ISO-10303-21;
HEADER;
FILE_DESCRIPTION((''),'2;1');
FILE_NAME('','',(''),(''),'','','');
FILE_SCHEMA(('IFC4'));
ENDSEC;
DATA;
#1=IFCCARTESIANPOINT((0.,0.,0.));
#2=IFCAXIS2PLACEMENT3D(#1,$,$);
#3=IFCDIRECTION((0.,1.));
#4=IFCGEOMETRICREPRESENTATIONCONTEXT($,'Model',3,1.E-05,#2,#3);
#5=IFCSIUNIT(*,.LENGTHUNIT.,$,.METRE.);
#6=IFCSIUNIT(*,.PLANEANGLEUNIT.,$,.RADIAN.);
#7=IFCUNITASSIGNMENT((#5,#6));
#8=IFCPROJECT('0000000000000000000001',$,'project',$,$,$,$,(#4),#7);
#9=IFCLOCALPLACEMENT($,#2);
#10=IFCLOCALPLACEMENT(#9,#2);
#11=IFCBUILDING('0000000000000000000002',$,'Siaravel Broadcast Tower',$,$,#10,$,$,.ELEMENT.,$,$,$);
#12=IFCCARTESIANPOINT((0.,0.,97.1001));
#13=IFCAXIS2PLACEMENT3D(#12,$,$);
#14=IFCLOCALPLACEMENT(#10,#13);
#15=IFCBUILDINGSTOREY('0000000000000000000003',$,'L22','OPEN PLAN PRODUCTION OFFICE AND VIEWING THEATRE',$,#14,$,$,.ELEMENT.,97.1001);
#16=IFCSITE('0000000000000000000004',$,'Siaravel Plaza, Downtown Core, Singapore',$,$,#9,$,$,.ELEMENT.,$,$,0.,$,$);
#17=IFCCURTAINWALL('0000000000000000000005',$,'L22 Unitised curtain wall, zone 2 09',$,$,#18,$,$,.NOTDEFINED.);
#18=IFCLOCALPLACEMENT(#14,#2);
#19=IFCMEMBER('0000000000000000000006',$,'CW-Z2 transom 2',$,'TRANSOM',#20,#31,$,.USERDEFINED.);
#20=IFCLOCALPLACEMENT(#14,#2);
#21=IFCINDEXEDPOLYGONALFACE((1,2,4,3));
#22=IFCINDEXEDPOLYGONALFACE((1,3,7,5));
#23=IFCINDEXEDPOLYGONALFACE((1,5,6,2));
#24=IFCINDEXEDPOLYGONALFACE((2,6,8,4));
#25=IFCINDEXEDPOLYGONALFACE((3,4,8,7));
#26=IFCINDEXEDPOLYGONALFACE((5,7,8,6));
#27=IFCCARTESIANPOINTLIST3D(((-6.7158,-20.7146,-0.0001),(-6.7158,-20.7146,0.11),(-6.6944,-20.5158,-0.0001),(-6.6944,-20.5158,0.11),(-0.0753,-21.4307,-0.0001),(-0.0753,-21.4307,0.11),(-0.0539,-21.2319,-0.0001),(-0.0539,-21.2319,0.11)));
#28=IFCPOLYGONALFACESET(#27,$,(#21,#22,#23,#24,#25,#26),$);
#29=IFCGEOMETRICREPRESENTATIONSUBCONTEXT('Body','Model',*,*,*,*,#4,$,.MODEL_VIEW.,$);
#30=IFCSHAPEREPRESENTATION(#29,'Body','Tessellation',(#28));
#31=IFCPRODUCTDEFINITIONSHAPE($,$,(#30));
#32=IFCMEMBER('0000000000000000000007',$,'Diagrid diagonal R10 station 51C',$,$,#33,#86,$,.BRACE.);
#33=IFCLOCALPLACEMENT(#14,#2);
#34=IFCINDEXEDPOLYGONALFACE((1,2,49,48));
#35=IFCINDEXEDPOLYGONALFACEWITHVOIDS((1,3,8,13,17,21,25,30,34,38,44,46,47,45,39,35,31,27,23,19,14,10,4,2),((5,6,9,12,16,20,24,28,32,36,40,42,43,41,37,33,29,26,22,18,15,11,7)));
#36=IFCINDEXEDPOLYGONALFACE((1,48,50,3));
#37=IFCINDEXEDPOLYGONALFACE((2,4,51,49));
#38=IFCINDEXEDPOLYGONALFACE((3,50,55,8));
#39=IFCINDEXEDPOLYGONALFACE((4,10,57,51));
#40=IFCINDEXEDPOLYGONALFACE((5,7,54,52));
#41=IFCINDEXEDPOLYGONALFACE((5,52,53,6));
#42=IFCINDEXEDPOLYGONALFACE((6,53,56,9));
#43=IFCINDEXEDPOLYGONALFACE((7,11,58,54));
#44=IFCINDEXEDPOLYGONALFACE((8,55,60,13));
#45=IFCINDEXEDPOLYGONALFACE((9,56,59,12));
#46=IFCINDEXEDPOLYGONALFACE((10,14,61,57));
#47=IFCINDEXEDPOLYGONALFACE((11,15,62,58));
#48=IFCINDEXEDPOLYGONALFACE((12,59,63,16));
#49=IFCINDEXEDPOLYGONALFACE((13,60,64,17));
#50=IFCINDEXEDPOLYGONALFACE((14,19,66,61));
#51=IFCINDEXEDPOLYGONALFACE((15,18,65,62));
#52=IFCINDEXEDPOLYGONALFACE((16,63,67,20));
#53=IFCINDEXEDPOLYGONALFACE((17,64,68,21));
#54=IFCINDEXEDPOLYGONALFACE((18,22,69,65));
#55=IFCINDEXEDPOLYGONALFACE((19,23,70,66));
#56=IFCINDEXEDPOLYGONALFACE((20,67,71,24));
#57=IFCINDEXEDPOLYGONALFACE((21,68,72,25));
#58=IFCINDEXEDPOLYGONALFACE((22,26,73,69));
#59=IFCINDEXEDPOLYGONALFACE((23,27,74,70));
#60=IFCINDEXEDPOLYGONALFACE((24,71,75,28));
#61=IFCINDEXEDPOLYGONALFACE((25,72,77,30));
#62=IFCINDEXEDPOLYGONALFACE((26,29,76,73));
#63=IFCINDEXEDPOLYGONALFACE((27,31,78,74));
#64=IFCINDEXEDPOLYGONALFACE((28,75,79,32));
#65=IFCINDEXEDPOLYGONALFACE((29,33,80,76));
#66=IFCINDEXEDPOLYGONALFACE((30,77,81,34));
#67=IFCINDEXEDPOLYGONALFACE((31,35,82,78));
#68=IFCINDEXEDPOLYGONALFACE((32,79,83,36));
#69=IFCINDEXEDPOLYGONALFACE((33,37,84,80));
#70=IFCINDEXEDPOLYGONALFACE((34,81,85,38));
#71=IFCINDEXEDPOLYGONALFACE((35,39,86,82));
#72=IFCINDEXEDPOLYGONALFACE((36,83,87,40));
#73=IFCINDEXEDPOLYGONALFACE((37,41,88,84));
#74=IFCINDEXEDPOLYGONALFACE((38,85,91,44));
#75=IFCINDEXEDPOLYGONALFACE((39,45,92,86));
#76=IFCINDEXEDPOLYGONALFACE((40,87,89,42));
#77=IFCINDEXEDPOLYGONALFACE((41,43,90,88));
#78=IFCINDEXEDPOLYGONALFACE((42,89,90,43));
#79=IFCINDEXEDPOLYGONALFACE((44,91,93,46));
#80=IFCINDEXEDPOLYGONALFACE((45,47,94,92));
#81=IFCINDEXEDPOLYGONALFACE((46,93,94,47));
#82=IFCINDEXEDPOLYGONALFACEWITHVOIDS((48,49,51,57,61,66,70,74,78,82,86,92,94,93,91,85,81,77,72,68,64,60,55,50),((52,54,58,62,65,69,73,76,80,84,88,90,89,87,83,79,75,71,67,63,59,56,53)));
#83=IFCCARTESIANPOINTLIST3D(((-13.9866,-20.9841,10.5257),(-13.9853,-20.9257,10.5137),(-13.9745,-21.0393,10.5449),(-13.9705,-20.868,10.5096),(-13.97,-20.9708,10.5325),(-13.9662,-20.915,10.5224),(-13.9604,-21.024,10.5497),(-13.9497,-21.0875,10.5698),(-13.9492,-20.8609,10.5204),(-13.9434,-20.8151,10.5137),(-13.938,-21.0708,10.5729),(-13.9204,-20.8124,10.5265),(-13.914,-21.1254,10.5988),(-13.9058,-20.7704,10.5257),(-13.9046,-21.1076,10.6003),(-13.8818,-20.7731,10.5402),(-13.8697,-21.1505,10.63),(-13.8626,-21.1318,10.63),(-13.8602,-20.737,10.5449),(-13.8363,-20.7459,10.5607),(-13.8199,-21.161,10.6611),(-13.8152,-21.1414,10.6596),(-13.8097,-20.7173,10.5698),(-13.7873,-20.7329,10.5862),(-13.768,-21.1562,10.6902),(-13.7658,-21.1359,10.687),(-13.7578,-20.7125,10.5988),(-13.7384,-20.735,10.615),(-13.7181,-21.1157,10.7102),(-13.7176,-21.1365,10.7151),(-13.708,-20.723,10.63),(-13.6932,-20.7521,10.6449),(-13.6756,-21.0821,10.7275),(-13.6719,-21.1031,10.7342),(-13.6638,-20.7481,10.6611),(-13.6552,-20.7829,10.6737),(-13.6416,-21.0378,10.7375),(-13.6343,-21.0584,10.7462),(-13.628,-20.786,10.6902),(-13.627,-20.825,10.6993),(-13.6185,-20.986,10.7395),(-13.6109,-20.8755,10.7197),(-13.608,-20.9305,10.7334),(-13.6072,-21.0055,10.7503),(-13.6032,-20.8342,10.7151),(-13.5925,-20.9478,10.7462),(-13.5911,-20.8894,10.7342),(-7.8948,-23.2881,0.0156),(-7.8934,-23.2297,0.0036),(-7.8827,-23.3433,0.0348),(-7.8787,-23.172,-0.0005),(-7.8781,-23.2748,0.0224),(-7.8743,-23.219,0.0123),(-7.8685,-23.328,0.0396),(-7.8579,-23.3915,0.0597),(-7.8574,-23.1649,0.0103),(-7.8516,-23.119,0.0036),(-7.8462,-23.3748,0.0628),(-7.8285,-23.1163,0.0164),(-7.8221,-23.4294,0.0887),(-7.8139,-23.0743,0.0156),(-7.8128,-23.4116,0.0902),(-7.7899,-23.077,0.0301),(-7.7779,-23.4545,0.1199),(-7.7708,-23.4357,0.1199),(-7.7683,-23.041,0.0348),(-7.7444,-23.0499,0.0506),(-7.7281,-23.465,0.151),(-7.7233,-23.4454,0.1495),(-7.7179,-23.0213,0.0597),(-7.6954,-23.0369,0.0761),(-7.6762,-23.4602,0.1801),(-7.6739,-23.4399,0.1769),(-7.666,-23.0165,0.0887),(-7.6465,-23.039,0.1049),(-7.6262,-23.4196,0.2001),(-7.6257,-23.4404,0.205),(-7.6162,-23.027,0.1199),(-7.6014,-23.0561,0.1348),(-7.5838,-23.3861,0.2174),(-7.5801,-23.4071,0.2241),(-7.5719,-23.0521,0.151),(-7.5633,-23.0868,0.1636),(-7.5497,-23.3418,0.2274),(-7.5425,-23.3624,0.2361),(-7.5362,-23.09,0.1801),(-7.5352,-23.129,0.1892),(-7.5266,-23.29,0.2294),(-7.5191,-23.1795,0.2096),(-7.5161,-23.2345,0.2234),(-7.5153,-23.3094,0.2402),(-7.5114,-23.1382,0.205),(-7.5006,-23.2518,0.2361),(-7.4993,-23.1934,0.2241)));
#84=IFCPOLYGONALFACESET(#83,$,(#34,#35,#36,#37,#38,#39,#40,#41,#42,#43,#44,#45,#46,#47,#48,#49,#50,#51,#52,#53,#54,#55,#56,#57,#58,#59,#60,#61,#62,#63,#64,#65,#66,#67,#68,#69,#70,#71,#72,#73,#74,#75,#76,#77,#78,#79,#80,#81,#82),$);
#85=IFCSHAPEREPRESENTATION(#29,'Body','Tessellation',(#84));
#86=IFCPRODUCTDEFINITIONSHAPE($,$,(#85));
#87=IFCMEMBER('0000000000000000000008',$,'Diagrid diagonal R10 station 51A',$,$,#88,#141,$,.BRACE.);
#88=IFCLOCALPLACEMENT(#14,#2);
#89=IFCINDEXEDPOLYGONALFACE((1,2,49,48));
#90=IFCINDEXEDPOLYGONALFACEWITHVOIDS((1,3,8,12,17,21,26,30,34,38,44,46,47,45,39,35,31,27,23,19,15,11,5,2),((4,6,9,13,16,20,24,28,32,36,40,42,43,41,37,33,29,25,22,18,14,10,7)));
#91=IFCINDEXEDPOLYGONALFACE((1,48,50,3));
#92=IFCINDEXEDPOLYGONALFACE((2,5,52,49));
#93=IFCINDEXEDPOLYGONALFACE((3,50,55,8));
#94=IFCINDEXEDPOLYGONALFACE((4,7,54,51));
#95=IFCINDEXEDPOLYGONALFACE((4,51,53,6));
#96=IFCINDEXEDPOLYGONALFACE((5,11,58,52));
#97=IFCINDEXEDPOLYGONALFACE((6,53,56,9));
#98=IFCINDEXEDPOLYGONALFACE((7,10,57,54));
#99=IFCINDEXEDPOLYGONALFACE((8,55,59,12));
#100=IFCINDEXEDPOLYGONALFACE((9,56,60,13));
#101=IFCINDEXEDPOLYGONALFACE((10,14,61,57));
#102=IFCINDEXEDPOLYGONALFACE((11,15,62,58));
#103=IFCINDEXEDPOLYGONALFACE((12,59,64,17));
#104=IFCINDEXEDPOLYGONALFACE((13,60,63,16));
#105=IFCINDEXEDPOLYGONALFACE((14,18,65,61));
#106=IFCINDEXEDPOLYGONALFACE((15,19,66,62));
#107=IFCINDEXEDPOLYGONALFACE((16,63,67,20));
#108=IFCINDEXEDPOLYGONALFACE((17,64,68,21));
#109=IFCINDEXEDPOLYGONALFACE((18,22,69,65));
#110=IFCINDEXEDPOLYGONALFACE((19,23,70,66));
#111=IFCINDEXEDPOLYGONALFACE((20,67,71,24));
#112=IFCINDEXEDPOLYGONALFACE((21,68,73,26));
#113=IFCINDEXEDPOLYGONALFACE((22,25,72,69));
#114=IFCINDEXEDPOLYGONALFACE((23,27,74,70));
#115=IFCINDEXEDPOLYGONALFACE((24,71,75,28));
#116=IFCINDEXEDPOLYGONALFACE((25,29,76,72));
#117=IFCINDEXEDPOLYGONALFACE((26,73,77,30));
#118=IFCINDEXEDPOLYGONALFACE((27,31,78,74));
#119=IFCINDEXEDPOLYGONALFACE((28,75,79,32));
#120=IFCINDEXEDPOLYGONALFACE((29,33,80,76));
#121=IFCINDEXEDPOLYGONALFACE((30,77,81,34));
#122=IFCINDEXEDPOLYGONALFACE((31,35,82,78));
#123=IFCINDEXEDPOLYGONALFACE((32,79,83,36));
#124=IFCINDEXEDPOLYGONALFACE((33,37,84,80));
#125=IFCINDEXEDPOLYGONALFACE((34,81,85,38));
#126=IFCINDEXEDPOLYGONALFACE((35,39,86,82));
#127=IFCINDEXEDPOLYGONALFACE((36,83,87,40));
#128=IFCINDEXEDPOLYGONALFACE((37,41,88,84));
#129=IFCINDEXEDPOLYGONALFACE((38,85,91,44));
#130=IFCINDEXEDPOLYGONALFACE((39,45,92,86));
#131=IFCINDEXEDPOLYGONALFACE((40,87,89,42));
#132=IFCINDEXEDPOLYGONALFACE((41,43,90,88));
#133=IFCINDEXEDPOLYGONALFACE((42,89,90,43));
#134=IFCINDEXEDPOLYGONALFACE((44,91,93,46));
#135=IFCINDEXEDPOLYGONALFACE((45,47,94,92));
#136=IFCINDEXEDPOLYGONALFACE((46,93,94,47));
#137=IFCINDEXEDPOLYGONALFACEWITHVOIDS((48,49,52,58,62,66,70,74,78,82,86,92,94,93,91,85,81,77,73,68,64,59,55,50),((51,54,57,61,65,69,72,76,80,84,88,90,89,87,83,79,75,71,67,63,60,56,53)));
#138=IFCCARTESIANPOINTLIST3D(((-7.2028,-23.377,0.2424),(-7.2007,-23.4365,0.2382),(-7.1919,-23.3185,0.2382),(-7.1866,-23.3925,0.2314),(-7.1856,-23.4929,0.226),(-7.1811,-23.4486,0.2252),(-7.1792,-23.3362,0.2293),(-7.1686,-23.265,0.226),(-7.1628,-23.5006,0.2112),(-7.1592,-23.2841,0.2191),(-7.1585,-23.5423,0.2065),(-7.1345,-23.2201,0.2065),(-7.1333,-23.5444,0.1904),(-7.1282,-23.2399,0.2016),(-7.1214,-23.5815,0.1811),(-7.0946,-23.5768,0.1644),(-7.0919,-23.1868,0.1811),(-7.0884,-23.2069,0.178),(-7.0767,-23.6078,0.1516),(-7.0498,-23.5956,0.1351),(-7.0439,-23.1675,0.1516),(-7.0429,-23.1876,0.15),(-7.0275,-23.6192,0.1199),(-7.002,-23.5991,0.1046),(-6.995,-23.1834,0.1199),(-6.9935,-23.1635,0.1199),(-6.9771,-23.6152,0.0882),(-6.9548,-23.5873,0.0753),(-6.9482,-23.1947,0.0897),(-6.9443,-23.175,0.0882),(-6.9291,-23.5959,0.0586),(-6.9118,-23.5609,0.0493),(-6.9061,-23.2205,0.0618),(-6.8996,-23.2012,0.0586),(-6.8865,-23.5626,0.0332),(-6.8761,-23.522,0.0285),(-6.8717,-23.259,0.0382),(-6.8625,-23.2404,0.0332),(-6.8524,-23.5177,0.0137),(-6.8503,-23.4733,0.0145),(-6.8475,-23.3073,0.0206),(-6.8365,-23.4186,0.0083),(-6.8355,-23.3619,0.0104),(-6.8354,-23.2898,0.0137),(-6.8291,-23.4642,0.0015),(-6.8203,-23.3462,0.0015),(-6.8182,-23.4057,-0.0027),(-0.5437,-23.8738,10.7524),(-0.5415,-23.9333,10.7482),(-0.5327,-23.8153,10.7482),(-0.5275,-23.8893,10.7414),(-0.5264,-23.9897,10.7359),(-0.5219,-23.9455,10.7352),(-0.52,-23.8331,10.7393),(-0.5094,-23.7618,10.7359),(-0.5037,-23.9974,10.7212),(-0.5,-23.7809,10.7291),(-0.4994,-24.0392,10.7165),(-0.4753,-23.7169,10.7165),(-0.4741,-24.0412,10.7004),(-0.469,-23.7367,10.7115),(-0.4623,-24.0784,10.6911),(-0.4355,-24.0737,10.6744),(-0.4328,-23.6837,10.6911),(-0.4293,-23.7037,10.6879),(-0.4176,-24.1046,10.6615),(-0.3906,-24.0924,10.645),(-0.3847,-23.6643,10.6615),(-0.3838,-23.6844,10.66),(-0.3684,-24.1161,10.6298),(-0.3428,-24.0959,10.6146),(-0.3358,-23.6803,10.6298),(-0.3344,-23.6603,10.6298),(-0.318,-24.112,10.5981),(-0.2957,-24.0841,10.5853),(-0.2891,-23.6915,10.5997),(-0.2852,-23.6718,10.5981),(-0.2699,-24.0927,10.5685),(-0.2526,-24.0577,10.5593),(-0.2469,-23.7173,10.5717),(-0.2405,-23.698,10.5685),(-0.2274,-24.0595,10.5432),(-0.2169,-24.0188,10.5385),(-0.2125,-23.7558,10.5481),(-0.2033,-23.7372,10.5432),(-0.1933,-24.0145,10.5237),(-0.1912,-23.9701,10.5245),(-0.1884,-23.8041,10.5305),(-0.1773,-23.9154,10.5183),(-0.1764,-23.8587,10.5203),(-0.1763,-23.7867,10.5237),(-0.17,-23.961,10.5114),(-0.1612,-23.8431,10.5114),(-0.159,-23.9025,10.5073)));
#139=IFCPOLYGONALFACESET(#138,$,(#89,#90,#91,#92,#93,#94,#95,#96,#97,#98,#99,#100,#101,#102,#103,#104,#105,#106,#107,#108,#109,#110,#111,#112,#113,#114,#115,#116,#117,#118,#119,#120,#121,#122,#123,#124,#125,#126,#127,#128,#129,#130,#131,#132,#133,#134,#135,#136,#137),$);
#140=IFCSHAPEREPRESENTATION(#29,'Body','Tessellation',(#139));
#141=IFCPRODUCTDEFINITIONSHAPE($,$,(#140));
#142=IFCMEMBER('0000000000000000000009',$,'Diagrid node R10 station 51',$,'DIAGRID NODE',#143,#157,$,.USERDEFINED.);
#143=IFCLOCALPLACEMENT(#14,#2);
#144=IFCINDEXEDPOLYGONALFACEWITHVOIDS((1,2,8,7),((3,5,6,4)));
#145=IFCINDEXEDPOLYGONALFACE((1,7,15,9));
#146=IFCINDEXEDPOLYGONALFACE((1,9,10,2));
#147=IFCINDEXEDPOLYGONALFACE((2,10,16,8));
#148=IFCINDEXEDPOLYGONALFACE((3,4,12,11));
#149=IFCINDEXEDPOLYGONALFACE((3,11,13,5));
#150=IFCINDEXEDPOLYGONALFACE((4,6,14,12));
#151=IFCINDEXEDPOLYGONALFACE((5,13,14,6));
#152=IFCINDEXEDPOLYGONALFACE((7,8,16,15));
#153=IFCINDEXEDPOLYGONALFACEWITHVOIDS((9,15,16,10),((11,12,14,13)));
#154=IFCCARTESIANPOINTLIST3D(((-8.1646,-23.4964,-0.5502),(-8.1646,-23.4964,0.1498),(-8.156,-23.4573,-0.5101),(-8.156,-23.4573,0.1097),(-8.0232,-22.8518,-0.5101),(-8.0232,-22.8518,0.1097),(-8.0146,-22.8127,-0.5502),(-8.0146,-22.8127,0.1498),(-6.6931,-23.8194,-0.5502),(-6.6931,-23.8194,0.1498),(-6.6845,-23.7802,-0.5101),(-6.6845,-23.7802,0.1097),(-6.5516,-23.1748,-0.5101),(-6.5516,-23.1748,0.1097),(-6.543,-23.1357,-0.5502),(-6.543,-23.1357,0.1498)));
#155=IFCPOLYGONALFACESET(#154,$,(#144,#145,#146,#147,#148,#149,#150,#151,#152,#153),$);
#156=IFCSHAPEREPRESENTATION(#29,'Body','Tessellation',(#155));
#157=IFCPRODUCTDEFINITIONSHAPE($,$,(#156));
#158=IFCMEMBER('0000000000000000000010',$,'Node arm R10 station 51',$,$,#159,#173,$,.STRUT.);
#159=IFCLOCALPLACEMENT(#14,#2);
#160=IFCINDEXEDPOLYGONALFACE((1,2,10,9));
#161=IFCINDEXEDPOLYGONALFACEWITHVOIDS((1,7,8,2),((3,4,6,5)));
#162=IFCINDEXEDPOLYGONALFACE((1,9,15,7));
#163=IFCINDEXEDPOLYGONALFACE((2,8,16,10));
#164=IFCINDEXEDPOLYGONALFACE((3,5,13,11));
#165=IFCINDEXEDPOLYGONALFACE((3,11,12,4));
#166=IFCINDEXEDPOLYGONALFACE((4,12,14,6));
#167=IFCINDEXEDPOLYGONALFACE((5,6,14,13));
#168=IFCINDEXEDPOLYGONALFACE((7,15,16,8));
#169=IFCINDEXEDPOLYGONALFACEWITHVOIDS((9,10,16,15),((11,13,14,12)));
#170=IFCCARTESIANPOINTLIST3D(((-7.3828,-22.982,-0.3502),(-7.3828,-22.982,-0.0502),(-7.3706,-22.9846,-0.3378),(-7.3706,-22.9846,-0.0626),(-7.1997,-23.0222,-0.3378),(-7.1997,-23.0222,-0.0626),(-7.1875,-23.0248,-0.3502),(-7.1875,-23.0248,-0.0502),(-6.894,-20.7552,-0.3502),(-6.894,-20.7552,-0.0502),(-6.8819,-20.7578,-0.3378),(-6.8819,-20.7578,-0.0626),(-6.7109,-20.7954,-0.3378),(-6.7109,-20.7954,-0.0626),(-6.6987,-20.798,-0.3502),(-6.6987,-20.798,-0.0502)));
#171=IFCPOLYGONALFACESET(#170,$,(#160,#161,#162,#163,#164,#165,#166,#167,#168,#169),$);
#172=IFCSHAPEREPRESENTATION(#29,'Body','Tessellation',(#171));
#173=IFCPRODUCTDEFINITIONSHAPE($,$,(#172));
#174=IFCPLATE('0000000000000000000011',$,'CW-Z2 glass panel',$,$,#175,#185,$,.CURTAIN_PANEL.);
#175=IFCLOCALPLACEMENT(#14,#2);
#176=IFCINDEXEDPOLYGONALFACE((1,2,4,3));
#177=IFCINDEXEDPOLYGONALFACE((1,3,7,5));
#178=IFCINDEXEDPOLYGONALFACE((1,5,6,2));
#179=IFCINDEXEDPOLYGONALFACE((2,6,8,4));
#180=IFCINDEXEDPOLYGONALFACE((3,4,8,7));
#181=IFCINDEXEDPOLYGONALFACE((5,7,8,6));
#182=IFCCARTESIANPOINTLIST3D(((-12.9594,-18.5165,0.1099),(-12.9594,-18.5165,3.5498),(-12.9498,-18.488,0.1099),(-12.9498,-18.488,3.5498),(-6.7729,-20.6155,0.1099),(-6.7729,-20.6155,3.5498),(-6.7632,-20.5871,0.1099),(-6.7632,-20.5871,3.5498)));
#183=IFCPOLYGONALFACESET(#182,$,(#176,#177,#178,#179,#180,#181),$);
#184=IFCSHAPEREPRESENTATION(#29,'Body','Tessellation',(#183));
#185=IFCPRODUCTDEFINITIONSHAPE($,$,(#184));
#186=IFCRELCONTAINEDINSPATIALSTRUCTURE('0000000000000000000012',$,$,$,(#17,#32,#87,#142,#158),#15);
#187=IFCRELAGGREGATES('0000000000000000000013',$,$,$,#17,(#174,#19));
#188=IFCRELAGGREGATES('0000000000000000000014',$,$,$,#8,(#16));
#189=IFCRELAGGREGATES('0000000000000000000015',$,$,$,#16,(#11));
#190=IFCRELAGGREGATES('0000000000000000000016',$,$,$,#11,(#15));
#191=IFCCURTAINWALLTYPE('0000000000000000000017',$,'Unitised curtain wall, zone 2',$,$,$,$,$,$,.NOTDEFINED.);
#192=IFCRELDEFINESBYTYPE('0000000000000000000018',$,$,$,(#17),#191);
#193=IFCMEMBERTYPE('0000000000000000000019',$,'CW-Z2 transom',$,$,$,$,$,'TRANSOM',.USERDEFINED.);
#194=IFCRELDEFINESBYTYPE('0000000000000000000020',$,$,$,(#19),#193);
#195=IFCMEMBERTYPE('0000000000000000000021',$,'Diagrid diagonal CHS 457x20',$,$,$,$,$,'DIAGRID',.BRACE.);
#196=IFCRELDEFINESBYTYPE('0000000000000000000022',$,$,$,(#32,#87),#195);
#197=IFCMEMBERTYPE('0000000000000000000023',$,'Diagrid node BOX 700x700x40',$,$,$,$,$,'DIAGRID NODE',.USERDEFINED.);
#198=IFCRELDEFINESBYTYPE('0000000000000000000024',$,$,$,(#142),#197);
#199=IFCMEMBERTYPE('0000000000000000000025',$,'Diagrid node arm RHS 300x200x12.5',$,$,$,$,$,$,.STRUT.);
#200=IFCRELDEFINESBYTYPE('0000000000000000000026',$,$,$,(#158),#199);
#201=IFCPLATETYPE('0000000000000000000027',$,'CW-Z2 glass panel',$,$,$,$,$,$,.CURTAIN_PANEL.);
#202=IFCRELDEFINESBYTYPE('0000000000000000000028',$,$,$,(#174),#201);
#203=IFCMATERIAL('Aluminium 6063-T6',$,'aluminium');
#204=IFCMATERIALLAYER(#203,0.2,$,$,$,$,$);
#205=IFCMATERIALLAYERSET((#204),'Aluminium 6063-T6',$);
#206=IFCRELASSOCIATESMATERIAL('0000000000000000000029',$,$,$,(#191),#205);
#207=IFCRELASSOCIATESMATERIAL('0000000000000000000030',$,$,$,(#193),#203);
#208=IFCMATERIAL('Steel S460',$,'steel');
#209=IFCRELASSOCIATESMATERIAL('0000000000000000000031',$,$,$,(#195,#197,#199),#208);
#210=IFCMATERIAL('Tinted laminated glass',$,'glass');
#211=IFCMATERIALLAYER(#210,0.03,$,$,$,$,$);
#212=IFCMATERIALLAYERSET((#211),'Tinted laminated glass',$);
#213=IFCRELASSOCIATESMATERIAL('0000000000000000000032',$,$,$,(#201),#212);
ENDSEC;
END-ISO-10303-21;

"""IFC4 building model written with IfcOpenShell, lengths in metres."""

from ifc_helpers import new_model, si_unit, direction, frame, origin, origin_2d, place, context, subcontext, project, spatial, rectangle, hollow_rectangle, hollow_circle, extrude, material, layer, layer_set, material_profile, profile_set, type_object, element, aggregate, save


model = new_model("IFC4")

# Units and contexts
model_context = context("Model", 3, precision=1e-05, world=origin(), true_north=direction((0.0, 1.0)))
body_context = subcontext(model_context, "Body", "Model", "MODEL_VIEW")
ifc_project = project(units=[si_unit("LENGTHUNIT", "METRE"), si_unit("PLANEANGLEUNIT", "RADIAN")], contexts=[model_context])

# Site, building, storey
site_placement = place(None, origin())
site = spatial("IfcSite", under=ifc_project, at=site_placement, Name="Siaravel Plaza, Downtown Core, Singapore", CompositionType="ELEMENT", RefElevation=0.0)
building_placement = place(site_placement, origin())
building = spatial("IfcBuilding", under=site, at=building_placement, Name="Siaravel Broadcast Tower", CompositionType="ELEMENT")
storey_placement = place(building_placement, frame((0.0, 0.0, 97.1001)))
storey = spatial("IfcBuildingStorey", under=building, at=storey_placement, Name="L22", Description="OPEN PLAN PRODUCTION OFFICE AND VIEWING THEATRE", CompositionType="ELEMENT", Elevation=97.1001)

# Curtain wall, member
ifc_material_1 = material(Name="Aluminium 6063-T6", Category="aluminium")
ifc_layer_1 = layer(ifc_material_1, 0.2)
ifc_layer_set_1 = layer_set([ifc_layer_1], Name="Aluminium 6063-T6")
curtain_wall_type = type_object("IfcCurtainWallType", Name="Unitised curtain wall, zone 2", PredefinedType="NOTDEFINED", material=ifc_layer_set_1)
curtain_wall_placement = place(storey_placement, origin())
curtain_wall = element("IfcCurtainWall", 1, at=curtain_wall_placement, inside=storey, type_object=curtain_wall_type, Name="L22 Unitised curtain wall, zone 2 09", PredefinedType="NOTDEFINED")
ifc_material_profile_1 = material_profile(ifc_material_1, rectangle(XDim=0.2, YDim=0.1101, at=origin_2d()))
ifc_profile_set_1 = profile_set([ifc_material_profile_1], Name="Aluminium 6063-T6")
member_type_1 = type_object("IfcMemberType", Name="CW-Z2 transom", ElementType="TRANSOM", PredefinedType="USERDEFINED", material=ifc_profile_set_1)
member_1_placement = place(storey_placement, frame((-6.7051, -20.6152, 0.0549), z_axis=(0.994236, -0.107213, 0.0), x_axis=(0.107213, 0.994236, 0.0)))
member_1 = element("IfcMember", 2, at=member_1_placement, type_object=member_type_1, Name="CW-Z2 transom 2", ObjectType="TRANSOM", PredefinedType="USERDEFINED", context=body_context, shape_type="SweptSolid", body=[
    extrude(rectangle(XDim=0.2, YDim=0.1101, at=origin_2d()), origin(), (0.0, 0.0, 1.0), 6.679),
])

# Members
ifc_material_2 = material(Name="Steel S460", Category="steel")
ifc_material_profile_2 = material_profile(ifc_material_2, hollow_circle(Radius=0.2285, WallThickness=0.02, at=origin_2d()))
ifc_profile_set_2 = profile_set([ifc_material_profile_2], Name="Steel S460")
member_type_2 = type_object("IfcMemberType", Name="Diagrid diagonal CHS 457x20", ElementType="DIAGRID", PredefinedType="BRACE", material=ifc_profile_set_2)
member_2_placement = place(storey_placement, frame((-7.697, -23.2407, 0.1199), z_axis=(-0.492688, 0.186338, 0.850021), x_axis=(-0.353751, -0.93534, 0.0)))
element("IfcMember", 3, at=member_2_placement, inside=storey, type_object=member_type_2, Name="Diagrid diagonal R10 station 51C", PredefinedType="BRACE", context=body_context, shape_type="SweptSolid", body=[
    extrude(hollow_circle(Radius=0.2285, WallThickness=0.02, at=origin_2d()), origin(), (0.0, 0.0, 1.0), 12.3645),
])
member_3_placement = place(storey_placement, frame((-7.0105, -23.3914, 0.1199), z_axis=(0.534789, -0.039899, 0.844043), x_axis=(0.074401, 0.997228, 0.0)))
element("IfcMember", 4, at=member_3_placement, inside=storey, type_object=member_type_2, Name="Diagrid diagonal R10 station 51A", PredefinedType="BRACE", context=body_context, shape_type="SweptSolid", body=[
    extrude(hollow_circle(Radius=0.2285, WallThickness=0.02, at=origin_2d()), origin(), (0.0, 0.0, 1.0), 12.4519),
])
ifc_material_profile_3 = material_profile(ifc_material_2, hollow_rectangle(XDim=0.7, YDim=0.7, WallThickness=0.04, at=origin_2d()))
ifc_profile_set_3 = profile_set([ifc_material_profile_3], Name="Steel S460")
member_type_3 = type_object("IfcMemberType", Name="Diagrid node BOX 700x700x40", ElementType="DIAGRID NODE", PredefinedType="USERDEFINED", material=ifc_profile_set_3)
member_4_placement = place(storey_placement, frame((-8.0896, -23.1545, -0.2002), z_axis=(0.976752, -0.214373, 0.0), x_axis=(0.214373, 0.976752, 0.0)))
element("IfcMember", 5, at=member_4_placement, inside=storey, type_object=member_type_3, Name="Diagrid node R10 station 51", ObjectType="DIAGRID NODE", PredefinedType="USERDEFINED", context=body_context, shape_type="SweptSolid", body=[
    extrude(hollow_rectangle(XDim=0.7, YDim=0.7, WallThickness=0.04, at=origin_2d()), origin(), (0.0, 0.0, 1.0), 1.5066),
])
ifc_material_profile_4 = material_profile(ifc_material_2, hollow_rectangle(XDim=0.2, YDim=0.3, WallThickness=0.0125, at=origin_2d()))
ifc_profile_set_4 = profile_set([ifc_material_profile_4], Name="Steel S460")
member_type_4 = type_object("IfcMemberType", Name="Diagrid node arm RHS 300x200x12.5", PredefinedType="STRUT", material=ifc_profile_set_4)
member_5_placement = place(storey_placement, frame((-6.7964, -20.7766, -0.2002), z_axis=(-0.21439, -0.976748, 0.0), x_axis=(0.976748, -0.21439, 0.0)))
element("IfcMember", 6, at=member_5_placement, inside=storey, type_object=member_type_4, Name="Node arm R10 station 51", PredefinedType="STRUT", context=body_context, shape_type="SweptSolid", body=[
    extrude(hollow_rectangle(XDim=0.2, YDim=0.3, WallThickness=0.0125, at=origin_2d()), origin(), (0.0, 0.0, 1.0), 2.2798),
])

# Plate
ifc_material_3 = material(Name="Tinted laminated glass", Category="glass")
ifc_layer_2 = layer(ifc_material_3, 0.03)
ifc_layer_set_2 = layer_set([ifc_layer_2], Name="Tinted laminated glass")
plate_type = type_object("IfcPlateType", Name="CW-Z2 glass panel", PredefinedType="CURTAIN_PANEL", material=ifc_layer_set_2)
plate_1_placement = place(storey_placement, frame((-9.8613, -19.5518, 0.1099), z_axis=(0.0, 0.0, 1.0), x_axis=(0.946977, -0.3213, 0.0)))
plate_1 = element("IfcPlate", 7, at=plate_1_placement, type_object=plate_type, Name="CW-Z2 glass panel", PredefinedType="CURTAIN_PANEL", context=body_context, shape_type="SweptSolid", body=[
    extrude(rectangle(XDim=6.533, YDim=0.03, at=origin_2d()), origin(), (0.0, 0.0, 1.0), 3.4399),
])
aggregate(curtain_wall, [plate_1, member_1])

save(model, "model.ifc")
